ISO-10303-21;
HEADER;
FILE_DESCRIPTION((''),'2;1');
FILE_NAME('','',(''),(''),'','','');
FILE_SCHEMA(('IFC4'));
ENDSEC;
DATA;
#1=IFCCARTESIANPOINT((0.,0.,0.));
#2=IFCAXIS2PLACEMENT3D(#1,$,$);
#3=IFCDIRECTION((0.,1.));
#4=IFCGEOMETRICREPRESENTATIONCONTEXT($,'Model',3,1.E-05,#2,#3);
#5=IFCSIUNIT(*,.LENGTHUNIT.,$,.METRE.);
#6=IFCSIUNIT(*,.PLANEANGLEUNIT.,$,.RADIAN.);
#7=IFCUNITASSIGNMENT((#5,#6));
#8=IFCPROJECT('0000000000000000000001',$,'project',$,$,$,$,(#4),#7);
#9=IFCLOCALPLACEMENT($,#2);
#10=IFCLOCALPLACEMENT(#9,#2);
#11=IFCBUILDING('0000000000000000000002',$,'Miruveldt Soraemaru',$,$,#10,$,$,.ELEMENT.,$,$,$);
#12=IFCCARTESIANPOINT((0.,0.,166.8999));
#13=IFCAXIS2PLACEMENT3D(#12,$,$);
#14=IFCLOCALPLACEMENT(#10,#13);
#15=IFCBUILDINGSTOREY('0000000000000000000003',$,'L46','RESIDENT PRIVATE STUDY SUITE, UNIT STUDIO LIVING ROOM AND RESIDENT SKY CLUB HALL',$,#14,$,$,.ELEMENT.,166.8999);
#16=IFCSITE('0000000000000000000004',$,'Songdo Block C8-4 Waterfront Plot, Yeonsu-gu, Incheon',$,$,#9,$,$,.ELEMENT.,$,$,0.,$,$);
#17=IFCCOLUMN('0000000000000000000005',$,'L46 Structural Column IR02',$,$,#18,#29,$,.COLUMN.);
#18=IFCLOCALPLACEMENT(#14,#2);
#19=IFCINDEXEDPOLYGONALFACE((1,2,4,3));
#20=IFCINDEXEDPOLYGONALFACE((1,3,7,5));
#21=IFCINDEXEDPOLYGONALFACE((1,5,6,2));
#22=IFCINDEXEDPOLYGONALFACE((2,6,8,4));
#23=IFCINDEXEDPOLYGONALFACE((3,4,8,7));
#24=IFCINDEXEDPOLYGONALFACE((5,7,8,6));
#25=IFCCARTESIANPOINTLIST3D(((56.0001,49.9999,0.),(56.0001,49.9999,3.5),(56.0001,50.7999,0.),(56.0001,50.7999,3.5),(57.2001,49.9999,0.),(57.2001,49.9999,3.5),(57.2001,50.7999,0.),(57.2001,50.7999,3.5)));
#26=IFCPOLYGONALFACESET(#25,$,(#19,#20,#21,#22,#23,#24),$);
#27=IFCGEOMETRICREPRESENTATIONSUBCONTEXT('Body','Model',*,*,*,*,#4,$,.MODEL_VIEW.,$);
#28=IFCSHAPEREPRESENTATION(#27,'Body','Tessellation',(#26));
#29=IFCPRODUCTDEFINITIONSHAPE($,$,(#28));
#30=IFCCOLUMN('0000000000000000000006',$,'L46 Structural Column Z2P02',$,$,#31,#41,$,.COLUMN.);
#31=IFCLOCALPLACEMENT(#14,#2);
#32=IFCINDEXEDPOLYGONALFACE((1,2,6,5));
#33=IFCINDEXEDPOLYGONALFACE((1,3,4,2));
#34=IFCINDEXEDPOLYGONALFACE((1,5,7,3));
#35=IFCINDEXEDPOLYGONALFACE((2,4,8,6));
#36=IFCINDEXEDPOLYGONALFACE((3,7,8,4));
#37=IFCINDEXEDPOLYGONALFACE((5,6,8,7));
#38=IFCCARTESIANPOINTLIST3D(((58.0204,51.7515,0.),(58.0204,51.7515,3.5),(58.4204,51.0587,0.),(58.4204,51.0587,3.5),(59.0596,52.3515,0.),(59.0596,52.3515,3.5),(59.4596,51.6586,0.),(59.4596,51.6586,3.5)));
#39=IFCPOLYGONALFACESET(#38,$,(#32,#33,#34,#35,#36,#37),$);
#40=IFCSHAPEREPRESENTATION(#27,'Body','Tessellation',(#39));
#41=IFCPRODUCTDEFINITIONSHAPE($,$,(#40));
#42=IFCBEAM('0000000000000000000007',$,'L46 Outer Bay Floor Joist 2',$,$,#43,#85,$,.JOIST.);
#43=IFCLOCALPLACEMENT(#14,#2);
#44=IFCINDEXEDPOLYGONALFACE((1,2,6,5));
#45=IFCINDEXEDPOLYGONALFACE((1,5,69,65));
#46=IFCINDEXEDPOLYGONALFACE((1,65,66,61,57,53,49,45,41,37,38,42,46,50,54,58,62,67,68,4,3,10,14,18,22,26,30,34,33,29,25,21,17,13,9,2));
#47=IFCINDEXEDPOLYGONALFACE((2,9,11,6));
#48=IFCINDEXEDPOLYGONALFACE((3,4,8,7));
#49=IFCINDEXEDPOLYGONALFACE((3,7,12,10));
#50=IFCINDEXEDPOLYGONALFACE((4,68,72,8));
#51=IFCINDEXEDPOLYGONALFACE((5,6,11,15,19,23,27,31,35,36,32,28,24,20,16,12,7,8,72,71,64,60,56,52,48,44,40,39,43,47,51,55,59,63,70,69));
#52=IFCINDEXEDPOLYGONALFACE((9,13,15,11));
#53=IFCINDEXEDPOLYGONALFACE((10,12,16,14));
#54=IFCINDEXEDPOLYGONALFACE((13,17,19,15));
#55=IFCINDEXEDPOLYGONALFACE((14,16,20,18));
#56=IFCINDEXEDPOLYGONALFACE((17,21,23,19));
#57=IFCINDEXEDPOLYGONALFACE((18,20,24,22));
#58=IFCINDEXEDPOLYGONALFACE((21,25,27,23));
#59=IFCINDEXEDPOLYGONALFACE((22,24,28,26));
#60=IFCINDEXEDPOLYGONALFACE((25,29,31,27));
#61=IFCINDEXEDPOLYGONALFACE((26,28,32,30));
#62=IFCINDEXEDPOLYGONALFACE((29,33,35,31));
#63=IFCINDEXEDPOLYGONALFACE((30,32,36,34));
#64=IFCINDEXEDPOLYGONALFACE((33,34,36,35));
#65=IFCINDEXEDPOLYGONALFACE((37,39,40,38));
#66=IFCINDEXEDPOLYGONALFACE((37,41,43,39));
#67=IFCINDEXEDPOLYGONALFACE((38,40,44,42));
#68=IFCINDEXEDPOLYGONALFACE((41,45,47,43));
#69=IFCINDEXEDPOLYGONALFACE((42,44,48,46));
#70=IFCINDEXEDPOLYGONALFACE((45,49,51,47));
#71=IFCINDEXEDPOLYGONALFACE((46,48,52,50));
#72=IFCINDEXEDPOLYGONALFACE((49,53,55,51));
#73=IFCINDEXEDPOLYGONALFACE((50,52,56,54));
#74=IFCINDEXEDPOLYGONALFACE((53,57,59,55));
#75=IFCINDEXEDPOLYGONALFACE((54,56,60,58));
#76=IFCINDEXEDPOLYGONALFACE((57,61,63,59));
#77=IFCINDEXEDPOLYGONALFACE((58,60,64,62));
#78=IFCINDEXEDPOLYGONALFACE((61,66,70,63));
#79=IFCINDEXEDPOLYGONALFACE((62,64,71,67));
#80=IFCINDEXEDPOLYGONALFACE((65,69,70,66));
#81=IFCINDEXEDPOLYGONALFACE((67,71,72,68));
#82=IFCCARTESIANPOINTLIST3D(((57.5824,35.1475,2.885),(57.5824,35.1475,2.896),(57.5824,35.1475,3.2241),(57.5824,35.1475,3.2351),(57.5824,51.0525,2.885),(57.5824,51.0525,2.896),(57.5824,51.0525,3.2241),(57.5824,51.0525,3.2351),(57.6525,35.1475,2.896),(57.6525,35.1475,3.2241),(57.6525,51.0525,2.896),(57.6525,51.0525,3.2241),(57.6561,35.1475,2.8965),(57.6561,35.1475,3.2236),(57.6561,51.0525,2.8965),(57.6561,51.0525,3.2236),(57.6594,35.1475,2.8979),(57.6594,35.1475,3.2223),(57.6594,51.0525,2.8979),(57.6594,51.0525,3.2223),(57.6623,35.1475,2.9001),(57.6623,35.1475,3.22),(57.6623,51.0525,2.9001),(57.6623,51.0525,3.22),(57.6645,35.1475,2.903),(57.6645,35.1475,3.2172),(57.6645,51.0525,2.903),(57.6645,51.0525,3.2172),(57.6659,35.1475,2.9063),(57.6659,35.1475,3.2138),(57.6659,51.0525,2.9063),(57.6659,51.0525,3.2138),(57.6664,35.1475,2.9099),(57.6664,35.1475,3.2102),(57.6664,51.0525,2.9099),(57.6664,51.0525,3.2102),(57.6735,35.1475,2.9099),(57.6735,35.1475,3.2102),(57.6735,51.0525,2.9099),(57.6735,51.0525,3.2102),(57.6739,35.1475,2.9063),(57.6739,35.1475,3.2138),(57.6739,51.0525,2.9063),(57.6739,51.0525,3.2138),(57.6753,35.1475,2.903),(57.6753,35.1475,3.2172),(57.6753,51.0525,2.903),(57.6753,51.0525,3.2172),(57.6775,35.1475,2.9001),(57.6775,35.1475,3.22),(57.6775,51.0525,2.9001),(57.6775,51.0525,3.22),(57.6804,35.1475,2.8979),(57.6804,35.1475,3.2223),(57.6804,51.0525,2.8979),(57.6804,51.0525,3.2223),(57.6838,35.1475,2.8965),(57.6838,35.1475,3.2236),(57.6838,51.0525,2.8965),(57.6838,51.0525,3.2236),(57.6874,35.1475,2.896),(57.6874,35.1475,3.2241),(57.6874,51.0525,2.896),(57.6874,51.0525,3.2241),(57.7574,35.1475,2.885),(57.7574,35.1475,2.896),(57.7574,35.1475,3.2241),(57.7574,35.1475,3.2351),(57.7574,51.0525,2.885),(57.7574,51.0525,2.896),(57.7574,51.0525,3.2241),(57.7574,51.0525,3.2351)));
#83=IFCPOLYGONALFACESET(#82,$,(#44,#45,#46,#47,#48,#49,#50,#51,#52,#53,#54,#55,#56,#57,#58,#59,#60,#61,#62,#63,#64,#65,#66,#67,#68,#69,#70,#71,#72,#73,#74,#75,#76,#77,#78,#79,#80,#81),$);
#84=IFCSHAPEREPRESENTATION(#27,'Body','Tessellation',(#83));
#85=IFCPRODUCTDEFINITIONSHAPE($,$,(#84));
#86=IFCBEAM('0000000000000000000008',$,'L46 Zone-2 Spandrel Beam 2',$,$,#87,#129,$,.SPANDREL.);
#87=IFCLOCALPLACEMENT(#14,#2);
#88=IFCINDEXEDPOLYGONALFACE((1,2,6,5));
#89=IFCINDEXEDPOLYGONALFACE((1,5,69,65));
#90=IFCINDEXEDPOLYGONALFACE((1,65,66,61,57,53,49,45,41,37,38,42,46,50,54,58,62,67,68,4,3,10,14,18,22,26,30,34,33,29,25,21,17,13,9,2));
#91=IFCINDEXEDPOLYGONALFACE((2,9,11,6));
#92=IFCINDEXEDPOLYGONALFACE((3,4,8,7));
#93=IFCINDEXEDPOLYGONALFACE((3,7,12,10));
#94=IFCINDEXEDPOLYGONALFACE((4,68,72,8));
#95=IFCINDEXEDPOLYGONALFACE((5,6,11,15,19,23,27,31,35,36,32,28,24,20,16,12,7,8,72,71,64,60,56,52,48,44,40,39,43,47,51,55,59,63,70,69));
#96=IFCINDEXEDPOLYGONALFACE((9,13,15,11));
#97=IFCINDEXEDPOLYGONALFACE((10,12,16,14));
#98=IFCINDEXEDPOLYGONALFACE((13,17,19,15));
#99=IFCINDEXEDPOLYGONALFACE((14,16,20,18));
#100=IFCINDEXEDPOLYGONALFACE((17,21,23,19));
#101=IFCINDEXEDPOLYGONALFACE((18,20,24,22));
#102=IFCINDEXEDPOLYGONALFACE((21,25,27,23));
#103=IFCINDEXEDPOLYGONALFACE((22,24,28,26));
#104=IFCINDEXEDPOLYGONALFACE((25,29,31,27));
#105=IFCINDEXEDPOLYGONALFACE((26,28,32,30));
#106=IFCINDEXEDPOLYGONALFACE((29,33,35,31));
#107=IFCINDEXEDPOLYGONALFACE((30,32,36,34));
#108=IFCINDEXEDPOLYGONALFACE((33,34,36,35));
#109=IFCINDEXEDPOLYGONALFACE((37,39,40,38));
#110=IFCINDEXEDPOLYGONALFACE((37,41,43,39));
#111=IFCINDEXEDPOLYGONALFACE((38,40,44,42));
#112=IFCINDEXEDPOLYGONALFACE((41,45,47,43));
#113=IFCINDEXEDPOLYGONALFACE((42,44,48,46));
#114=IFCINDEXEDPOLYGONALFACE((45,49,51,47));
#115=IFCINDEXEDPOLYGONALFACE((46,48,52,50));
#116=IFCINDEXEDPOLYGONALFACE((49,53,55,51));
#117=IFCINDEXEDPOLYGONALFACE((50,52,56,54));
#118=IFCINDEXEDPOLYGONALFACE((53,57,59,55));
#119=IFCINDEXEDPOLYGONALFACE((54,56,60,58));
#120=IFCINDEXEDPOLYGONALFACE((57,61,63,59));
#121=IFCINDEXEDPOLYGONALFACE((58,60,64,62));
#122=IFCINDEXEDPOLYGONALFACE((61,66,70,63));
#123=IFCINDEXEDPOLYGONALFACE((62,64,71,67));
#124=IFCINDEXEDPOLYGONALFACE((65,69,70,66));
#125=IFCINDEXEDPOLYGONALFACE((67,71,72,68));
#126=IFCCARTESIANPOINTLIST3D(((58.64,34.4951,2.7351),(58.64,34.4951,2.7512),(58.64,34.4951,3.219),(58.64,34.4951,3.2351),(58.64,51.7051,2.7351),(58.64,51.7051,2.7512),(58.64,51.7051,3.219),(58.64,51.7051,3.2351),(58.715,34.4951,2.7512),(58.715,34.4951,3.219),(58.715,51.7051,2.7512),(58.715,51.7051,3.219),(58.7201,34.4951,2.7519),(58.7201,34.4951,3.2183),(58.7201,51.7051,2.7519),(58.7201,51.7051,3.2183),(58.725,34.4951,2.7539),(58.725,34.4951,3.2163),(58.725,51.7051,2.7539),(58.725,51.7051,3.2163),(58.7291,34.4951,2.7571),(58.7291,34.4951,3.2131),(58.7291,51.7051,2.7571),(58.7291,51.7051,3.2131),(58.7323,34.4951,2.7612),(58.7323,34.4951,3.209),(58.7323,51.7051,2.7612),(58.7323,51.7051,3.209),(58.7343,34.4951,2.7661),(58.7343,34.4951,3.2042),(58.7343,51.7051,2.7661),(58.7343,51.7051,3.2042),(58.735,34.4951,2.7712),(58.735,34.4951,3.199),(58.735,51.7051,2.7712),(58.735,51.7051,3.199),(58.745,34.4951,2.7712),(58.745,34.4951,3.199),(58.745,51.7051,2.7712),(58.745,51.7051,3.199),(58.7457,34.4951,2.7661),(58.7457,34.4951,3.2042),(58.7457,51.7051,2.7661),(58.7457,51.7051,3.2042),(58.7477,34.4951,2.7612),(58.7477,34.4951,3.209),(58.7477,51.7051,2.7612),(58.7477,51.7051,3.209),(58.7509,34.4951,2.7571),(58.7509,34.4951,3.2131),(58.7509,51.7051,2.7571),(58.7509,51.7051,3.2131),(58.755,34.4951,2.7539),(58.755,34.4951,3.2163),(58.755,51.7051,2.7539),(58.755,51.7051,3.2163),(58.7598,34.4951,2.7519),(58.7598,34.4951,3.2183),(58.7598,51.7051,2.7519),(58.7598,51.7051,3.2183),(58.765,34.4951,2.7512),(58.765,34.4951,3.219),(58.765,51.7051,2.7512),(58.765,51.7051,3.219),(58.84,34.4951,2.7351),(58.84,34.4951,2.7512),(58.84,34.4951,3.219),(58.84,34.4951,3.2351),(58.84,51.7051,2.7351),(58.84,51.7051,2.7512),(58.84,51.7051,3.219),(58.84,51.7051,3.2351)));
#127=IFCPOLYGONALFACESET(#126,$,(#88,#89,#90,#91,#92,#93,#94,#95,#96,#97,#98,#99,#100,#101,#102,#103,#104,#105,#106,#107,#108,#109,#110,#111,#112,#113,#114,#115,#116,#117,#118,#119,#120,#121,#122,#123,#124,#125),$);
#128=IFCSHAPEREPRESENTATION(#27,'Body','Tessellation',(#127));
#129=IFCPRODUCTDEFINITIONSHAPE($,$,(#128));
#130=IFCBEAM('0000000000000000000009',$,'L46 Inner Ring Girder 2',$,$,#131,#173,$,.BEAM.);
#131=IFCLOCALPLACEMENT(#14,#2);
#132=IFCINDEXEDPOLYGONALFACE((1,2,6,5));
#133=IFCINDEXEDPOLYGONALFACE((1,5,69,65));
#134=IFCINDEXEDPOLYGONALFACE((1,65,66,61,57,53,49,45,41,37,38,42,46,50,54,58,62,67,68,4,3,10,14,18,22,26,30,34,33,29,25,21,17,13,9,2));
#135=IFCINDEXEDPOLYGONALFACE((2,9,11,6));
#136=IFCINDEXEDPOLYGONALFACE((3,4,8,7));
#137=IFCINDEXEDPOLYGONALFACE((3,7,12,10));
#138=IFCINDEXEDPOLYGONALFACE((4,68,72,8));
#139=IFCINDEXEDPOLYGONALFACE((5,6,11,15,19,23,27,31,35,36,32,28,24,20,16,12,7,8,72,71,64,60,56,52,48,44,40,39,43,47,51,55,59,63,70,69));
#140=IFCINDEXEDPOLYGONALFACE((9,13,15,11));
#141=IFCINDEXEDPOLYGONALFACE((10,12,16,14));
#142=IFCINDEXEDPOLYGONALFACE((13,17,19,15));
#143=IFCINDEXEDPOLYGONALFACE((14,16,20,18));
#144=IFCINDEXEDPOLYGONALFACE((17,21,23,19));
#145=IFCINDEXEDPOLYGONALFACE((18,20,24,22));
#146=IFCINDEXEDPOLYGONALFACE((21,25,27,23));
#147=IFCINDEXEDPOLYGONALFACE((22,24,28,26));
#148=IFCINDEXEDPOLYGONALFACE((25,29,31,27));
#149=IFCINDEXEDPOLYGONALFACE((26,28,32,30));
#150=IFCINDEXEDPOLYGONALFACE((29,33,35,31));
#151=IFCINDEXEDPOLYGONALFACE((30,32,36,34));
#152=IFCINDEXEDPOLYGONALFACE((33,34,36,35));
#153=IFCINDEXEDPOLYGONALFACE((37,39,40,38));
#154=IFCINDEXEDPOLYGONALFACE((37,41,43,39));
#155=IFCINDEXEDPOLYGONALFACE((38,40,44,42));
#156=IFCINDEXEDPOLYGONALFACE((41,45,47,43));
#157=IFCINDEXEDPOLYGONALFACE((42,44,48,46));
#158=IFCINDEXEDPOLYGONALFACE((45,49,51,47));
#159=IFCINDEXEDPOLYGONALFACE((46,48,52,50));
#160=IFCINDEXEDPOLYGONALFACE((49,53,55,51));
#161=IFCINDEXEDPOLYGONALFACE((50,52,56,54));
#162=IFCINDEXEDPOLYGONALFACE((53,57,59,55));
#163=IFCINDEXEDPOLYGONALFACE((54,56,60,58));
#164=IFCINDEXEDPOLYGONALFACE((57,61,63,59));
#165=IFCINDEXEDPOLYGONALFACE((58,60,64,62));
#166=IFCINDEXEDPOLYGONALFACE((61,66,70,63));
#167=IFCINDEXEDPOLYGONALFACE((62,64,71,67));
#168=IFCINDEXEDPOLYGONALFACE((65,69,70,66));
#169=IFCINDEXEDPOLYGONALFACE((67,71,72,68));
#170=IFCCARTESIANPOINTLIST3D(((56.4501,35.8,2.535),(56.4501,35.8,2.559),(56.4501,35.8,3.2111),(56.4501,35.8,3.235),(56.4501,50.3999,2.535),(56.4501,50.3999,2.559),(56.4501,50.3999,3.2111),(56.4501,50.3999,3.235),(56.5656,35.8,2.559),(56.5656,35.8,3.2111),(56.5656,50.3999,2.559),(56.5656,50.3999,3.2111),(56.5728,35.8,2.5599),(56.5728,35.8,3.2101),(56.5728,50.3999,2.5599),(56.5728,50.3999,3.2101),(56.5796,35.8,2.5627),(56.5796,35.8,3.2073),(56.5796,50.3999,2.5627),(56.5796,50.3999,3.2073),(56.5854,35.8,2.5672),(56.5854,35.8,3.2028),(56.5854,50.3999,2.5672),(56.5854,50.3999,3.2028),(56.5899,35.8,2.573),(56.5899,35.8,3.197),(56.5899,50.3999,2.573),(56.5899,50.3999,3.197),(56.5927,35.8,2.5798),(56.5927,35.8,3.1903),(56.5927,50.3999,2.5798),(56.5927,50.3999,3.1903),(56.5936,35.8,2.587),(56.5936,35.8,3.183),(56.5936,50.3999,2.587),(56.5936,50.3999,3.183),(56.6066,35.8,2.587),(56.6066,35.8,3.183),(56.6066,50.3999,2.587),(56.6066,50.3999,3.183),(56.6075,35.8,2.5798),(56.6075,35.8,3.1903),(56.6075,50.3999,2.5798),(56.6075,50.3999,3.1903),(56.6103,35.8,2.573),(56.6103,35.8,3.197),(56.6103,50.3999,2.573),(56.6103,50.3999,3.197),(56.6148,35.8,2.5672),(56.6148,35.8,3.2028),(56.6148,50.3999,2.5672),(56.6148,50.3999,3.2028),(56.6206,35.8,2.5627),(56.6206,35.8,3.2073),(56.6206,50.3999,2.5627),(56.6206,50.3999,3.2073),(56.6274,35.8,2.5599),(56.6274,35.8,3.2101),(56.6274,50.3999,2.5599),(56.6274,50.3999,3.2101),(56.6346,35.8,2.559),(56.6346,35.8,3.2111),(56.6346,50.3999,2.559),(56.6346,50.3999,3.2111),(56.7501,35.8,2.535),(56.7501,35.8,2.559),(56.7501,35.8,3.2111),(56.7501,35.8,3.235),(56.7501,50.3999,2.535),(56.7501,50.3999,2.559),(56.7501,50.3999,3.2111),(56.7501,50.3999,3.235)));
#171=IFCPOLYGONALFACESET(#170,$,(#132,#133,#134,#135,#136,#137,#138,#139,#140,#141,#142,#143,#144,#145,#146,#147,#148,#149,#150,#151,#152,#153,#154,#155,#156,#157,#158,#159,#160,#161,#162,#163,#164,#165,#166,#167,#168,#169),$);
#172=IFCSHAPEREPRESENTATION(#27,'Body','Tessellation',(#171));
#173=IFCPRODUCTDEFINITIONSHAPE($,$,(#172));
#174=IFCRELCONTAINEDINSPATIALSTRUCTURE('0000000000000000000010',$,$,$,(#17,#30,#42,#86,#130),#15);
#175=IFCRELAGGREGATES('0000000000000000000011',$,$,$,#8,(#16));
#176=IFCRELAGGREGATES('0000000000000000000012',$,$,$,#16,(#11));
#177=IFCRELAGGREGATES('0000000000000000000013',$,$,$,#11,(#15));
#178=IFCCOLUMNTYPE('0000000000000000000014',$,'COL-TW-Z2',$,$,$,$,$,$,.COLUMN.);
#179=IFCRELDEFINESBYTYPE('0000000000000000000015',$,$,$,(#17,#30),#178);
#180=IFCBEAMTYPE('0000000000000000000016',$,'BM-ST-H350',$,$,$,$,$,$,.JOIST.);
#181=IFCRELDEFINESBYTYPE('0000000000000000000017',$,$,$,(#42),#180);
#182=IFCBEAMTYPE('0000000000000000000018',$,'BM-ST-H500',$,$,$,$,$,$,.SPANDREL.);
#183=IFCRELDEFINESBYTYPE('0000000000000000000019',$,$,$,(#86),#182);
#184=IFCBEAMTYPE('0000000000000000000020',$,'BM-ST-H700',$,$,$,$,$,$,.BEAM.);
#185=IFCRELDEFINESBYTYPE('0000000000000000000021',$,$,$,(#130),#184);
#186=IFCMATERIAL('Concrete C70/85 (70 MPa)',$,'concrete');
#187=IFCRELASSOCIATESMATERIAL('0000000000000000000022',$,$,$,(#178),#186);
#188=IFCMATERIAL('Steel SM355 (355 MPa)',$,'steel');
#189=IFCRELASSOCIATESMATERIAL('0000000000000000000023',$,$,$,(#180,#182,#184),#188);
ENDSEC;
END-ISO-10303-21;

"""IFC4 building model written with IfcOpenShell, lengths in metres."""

from ifc_helpers import new_model, si_unit, direction, frame, origin, origin_2d, place, context, subcontext, project, spatial, rectangle, i_section, extrude, material, material_profile, profile_set, type_object, element, save


model = new_model("IFC4")

# Units and contexts
model_context = context("Model", 3, precision=1e-05, world=origin(), true_north=direction((0.0, 1.0)))
body_context = subcontext(model_context, "Body", "Model", "MODEL_VIEW")
ifc_project = project(units=[si_unit("LENGTHUNIT", "METRE"), si_unit("PLANEANGLEUNIT", "RADIAN")], contexts=[model_context])

# Site, building, storey
site_placement = place(None, origin())
site = spatial("IfcSite", under=ifc_project, at=site_placement, Name="Songdo Block C8-4 Waterfront Plot, Yeonsu-gu, Incheon", CompositionType="ELEMENT", RefElevation=0.0)
building_placement = place(site_placement, origin())
building = spatial("IfcBuilding", under=site, at=building_placement, Name="Miruveldt Soraemaru", CompositionType="ELEMENT")
storey_placement = place(building_placement, frame((0.0, 0.0, 166.8999)))
storey = spatial("IfcBuildingStorey", under=building, at=storey_placement, Name="L46", Description="RESIDENT PRIVATE STUDY SUITE, UNIT STUDIO LIVING ROOM AND RESIDENT SKY CLUB HALL", CompositionType="ELEMENT", Elevation=166.8999)

# Columns
ifc_material_1 = material(Name="Concrete C70/85 (70 MPa)", Category="concrete")
ifc_material_profile_1 = material_profile(ifc_material_1, rectangle(XDim=1.2, YDim=0.8, at=origin_2d()), Name="Concrete C70/85 (70 MPa)", Category="concrete")
ifc_profile_set_1 = profile_set([ifc_material_profile_1], Name="Concrete C70/85 (70 MPa)")
column_type = type_object("IfcColumnType", Name="COL-TW-Z2", PredefinedType="COLUMN", material=ifc_profile_set_1)
for number, where, z_axis, x_axis, name in (
    (1, (56.6001, 50.3999, 0.0), (0.0, 0.0, 1.0), (1.0, 0.0, 0.0), "L46 Structural Column IR02"),
    (2, (58.74, 51.7051, 0.0), (0.0, 0.0, 1.0), (0.866025, 0.5, 0.0), "L46 Structural Column Z2P02"),
):
    element("IfcColumn", number, at=place(storey_placement, frame(where, z_axis=z_axis, x_axis=x_axis)), inside=storey, type_object=column_type, Name=name, PredefinedType="COLUMN", context=body_context, shape_type="SweptSolid", body=[
        extrude(rectangle(XDim=1.2, YDim=0.8, at=origin_2d()), origin(), (0.0, 0.0, 1.0), 3.5),
    ])

# Beams
ifc_material_2 = material(Name="Steel SM355 (355 MPa)", Category="steel")
ifc_material_profile_2 = material_profile(ifc_material_2, i_section(OverallWidth=0.175, OverallDepth=0.3501, WebThickness=0.0071, FlangeThickness=0.011, FilletRadius=0.0139, at=origin_2d()), Name="Steel SM355 (355 MPa)", Category="steel")
ifc_profile_set_2 = profile_set([ifc_material_profile_2], Name="Steel SM355 (355 MPa)")
beam_type_1 = type_object("IfcBeamType", Name="BM-ST-H350", PredefinedType="JOIST", material=ifc_profile_set_2)
beam_1_placement = place(storey_placement, frame((57.6699, 51.0525, 3.0601), z_axis=(0.0, -1.0, 0.0), x_axis=(1.0, 0.0, 0.0)))
element("IfcBeam", 3, at=beam_1_placement, inside=storey, type_object=beam_type_1, Name="L46 Outer Bay Floor Joist 2", PredefinedType="JOIST", context=body_context, shape_type="SweptSolid", body=[
    extrude(i_section(OverallWidth=0.175, OverallDepth=0.3501, WebThickness=0.0071, FlangeThickness=0.011, FilletRadius=0.0139, at=origin_2d()), origin(), (0.0, 0.0, 1.0), 15.905),
])
ifc_material_profile_3 = material_profile(ifc_material_2, i_section(OverallWidth=0.2, OverallDepth=0.5, WebThickness=0.01, FlangeThickness=0.0161, FilletRadius=0.02, at=origin_2d()), Name="Steel SM355 (355 MPa)", Category="steel")
ifc_profile_set_3 = profile_set([ifc_material_profile_3], Name="Steel SM355 (355 MPa)")
beam_type_2 = type_object("IfcBeamType", Name="BM-ST-H500", PredefinedType="SPANDREL", material=ifc_profile_set_3)
beam_2_placement = place(storey_placement, frame((58.74, 51.7051, 2.9851), z_axis=(0.0, -1.0, 0.0), x_axis=(1.0, 0.0, 0.0)))
element("IfcBeam", 4, at=beam_2_placement, inside=storey, type_object=beam_type_2, Name="L46 Zone-2 Spandrel Beam 2", PredefinedType="SPANDREL", context=body_context, shape_type="SweptSolid", body=[
    extrude(i_section(OverallWidth=0.2, OverallDepth=0.5, WebThickness=0.01, FlangeThickness=0.0161, FilletRadius=0.02, at=origin_2d()), origin(), (0.0, 0.0, 1.0), 17.21),
])
ifc_material_profile_4 = material_profile(ifc_material_2, i_section(OverallWidth=0.3, OverallDepth=0.7, WebThickness=0.0129, FlangeThickness=0.0239, FilletRadius=0.0281, at=origin_2d()), Name="Steel SM355 (355 MPa)", Category="steel")
ifc_profile_set_4 = profile_set([ifc_material_profile_4], Name="Steel SM355 (355 MPa)")
beam_type_3 = type_object("IfcBeamType", Name="BM-ST-H700", PredefinedType="BEAM", material=ifc_profile_set_4)
beam_3_placement = place(storey_placement, frame((56.6001, 50.3999, 2.885), z_axis=(0.0, -1.0, 0.0), x_axis=(1.0, 0.0, 0.0)))
element("IfcBeam", 5, at=beam_3_placement, inside=storey, type_object=beam_type_3, Name="L46 Inner Ring Girder 2", PredefinedType="BEAM", context=body_context, shape_type="SweptSolid", body=[
    extrude(i_section(OverallWidth=0.3, OverallDepth=0.7, WebThickness=0.0129, FlangeThickness=0.0239, FilletRadius=0.0281, at=origin_2d()), origin(), (0.0, 0.0, 1.0), 14.5999),
])

save(model, "model.ifc")
